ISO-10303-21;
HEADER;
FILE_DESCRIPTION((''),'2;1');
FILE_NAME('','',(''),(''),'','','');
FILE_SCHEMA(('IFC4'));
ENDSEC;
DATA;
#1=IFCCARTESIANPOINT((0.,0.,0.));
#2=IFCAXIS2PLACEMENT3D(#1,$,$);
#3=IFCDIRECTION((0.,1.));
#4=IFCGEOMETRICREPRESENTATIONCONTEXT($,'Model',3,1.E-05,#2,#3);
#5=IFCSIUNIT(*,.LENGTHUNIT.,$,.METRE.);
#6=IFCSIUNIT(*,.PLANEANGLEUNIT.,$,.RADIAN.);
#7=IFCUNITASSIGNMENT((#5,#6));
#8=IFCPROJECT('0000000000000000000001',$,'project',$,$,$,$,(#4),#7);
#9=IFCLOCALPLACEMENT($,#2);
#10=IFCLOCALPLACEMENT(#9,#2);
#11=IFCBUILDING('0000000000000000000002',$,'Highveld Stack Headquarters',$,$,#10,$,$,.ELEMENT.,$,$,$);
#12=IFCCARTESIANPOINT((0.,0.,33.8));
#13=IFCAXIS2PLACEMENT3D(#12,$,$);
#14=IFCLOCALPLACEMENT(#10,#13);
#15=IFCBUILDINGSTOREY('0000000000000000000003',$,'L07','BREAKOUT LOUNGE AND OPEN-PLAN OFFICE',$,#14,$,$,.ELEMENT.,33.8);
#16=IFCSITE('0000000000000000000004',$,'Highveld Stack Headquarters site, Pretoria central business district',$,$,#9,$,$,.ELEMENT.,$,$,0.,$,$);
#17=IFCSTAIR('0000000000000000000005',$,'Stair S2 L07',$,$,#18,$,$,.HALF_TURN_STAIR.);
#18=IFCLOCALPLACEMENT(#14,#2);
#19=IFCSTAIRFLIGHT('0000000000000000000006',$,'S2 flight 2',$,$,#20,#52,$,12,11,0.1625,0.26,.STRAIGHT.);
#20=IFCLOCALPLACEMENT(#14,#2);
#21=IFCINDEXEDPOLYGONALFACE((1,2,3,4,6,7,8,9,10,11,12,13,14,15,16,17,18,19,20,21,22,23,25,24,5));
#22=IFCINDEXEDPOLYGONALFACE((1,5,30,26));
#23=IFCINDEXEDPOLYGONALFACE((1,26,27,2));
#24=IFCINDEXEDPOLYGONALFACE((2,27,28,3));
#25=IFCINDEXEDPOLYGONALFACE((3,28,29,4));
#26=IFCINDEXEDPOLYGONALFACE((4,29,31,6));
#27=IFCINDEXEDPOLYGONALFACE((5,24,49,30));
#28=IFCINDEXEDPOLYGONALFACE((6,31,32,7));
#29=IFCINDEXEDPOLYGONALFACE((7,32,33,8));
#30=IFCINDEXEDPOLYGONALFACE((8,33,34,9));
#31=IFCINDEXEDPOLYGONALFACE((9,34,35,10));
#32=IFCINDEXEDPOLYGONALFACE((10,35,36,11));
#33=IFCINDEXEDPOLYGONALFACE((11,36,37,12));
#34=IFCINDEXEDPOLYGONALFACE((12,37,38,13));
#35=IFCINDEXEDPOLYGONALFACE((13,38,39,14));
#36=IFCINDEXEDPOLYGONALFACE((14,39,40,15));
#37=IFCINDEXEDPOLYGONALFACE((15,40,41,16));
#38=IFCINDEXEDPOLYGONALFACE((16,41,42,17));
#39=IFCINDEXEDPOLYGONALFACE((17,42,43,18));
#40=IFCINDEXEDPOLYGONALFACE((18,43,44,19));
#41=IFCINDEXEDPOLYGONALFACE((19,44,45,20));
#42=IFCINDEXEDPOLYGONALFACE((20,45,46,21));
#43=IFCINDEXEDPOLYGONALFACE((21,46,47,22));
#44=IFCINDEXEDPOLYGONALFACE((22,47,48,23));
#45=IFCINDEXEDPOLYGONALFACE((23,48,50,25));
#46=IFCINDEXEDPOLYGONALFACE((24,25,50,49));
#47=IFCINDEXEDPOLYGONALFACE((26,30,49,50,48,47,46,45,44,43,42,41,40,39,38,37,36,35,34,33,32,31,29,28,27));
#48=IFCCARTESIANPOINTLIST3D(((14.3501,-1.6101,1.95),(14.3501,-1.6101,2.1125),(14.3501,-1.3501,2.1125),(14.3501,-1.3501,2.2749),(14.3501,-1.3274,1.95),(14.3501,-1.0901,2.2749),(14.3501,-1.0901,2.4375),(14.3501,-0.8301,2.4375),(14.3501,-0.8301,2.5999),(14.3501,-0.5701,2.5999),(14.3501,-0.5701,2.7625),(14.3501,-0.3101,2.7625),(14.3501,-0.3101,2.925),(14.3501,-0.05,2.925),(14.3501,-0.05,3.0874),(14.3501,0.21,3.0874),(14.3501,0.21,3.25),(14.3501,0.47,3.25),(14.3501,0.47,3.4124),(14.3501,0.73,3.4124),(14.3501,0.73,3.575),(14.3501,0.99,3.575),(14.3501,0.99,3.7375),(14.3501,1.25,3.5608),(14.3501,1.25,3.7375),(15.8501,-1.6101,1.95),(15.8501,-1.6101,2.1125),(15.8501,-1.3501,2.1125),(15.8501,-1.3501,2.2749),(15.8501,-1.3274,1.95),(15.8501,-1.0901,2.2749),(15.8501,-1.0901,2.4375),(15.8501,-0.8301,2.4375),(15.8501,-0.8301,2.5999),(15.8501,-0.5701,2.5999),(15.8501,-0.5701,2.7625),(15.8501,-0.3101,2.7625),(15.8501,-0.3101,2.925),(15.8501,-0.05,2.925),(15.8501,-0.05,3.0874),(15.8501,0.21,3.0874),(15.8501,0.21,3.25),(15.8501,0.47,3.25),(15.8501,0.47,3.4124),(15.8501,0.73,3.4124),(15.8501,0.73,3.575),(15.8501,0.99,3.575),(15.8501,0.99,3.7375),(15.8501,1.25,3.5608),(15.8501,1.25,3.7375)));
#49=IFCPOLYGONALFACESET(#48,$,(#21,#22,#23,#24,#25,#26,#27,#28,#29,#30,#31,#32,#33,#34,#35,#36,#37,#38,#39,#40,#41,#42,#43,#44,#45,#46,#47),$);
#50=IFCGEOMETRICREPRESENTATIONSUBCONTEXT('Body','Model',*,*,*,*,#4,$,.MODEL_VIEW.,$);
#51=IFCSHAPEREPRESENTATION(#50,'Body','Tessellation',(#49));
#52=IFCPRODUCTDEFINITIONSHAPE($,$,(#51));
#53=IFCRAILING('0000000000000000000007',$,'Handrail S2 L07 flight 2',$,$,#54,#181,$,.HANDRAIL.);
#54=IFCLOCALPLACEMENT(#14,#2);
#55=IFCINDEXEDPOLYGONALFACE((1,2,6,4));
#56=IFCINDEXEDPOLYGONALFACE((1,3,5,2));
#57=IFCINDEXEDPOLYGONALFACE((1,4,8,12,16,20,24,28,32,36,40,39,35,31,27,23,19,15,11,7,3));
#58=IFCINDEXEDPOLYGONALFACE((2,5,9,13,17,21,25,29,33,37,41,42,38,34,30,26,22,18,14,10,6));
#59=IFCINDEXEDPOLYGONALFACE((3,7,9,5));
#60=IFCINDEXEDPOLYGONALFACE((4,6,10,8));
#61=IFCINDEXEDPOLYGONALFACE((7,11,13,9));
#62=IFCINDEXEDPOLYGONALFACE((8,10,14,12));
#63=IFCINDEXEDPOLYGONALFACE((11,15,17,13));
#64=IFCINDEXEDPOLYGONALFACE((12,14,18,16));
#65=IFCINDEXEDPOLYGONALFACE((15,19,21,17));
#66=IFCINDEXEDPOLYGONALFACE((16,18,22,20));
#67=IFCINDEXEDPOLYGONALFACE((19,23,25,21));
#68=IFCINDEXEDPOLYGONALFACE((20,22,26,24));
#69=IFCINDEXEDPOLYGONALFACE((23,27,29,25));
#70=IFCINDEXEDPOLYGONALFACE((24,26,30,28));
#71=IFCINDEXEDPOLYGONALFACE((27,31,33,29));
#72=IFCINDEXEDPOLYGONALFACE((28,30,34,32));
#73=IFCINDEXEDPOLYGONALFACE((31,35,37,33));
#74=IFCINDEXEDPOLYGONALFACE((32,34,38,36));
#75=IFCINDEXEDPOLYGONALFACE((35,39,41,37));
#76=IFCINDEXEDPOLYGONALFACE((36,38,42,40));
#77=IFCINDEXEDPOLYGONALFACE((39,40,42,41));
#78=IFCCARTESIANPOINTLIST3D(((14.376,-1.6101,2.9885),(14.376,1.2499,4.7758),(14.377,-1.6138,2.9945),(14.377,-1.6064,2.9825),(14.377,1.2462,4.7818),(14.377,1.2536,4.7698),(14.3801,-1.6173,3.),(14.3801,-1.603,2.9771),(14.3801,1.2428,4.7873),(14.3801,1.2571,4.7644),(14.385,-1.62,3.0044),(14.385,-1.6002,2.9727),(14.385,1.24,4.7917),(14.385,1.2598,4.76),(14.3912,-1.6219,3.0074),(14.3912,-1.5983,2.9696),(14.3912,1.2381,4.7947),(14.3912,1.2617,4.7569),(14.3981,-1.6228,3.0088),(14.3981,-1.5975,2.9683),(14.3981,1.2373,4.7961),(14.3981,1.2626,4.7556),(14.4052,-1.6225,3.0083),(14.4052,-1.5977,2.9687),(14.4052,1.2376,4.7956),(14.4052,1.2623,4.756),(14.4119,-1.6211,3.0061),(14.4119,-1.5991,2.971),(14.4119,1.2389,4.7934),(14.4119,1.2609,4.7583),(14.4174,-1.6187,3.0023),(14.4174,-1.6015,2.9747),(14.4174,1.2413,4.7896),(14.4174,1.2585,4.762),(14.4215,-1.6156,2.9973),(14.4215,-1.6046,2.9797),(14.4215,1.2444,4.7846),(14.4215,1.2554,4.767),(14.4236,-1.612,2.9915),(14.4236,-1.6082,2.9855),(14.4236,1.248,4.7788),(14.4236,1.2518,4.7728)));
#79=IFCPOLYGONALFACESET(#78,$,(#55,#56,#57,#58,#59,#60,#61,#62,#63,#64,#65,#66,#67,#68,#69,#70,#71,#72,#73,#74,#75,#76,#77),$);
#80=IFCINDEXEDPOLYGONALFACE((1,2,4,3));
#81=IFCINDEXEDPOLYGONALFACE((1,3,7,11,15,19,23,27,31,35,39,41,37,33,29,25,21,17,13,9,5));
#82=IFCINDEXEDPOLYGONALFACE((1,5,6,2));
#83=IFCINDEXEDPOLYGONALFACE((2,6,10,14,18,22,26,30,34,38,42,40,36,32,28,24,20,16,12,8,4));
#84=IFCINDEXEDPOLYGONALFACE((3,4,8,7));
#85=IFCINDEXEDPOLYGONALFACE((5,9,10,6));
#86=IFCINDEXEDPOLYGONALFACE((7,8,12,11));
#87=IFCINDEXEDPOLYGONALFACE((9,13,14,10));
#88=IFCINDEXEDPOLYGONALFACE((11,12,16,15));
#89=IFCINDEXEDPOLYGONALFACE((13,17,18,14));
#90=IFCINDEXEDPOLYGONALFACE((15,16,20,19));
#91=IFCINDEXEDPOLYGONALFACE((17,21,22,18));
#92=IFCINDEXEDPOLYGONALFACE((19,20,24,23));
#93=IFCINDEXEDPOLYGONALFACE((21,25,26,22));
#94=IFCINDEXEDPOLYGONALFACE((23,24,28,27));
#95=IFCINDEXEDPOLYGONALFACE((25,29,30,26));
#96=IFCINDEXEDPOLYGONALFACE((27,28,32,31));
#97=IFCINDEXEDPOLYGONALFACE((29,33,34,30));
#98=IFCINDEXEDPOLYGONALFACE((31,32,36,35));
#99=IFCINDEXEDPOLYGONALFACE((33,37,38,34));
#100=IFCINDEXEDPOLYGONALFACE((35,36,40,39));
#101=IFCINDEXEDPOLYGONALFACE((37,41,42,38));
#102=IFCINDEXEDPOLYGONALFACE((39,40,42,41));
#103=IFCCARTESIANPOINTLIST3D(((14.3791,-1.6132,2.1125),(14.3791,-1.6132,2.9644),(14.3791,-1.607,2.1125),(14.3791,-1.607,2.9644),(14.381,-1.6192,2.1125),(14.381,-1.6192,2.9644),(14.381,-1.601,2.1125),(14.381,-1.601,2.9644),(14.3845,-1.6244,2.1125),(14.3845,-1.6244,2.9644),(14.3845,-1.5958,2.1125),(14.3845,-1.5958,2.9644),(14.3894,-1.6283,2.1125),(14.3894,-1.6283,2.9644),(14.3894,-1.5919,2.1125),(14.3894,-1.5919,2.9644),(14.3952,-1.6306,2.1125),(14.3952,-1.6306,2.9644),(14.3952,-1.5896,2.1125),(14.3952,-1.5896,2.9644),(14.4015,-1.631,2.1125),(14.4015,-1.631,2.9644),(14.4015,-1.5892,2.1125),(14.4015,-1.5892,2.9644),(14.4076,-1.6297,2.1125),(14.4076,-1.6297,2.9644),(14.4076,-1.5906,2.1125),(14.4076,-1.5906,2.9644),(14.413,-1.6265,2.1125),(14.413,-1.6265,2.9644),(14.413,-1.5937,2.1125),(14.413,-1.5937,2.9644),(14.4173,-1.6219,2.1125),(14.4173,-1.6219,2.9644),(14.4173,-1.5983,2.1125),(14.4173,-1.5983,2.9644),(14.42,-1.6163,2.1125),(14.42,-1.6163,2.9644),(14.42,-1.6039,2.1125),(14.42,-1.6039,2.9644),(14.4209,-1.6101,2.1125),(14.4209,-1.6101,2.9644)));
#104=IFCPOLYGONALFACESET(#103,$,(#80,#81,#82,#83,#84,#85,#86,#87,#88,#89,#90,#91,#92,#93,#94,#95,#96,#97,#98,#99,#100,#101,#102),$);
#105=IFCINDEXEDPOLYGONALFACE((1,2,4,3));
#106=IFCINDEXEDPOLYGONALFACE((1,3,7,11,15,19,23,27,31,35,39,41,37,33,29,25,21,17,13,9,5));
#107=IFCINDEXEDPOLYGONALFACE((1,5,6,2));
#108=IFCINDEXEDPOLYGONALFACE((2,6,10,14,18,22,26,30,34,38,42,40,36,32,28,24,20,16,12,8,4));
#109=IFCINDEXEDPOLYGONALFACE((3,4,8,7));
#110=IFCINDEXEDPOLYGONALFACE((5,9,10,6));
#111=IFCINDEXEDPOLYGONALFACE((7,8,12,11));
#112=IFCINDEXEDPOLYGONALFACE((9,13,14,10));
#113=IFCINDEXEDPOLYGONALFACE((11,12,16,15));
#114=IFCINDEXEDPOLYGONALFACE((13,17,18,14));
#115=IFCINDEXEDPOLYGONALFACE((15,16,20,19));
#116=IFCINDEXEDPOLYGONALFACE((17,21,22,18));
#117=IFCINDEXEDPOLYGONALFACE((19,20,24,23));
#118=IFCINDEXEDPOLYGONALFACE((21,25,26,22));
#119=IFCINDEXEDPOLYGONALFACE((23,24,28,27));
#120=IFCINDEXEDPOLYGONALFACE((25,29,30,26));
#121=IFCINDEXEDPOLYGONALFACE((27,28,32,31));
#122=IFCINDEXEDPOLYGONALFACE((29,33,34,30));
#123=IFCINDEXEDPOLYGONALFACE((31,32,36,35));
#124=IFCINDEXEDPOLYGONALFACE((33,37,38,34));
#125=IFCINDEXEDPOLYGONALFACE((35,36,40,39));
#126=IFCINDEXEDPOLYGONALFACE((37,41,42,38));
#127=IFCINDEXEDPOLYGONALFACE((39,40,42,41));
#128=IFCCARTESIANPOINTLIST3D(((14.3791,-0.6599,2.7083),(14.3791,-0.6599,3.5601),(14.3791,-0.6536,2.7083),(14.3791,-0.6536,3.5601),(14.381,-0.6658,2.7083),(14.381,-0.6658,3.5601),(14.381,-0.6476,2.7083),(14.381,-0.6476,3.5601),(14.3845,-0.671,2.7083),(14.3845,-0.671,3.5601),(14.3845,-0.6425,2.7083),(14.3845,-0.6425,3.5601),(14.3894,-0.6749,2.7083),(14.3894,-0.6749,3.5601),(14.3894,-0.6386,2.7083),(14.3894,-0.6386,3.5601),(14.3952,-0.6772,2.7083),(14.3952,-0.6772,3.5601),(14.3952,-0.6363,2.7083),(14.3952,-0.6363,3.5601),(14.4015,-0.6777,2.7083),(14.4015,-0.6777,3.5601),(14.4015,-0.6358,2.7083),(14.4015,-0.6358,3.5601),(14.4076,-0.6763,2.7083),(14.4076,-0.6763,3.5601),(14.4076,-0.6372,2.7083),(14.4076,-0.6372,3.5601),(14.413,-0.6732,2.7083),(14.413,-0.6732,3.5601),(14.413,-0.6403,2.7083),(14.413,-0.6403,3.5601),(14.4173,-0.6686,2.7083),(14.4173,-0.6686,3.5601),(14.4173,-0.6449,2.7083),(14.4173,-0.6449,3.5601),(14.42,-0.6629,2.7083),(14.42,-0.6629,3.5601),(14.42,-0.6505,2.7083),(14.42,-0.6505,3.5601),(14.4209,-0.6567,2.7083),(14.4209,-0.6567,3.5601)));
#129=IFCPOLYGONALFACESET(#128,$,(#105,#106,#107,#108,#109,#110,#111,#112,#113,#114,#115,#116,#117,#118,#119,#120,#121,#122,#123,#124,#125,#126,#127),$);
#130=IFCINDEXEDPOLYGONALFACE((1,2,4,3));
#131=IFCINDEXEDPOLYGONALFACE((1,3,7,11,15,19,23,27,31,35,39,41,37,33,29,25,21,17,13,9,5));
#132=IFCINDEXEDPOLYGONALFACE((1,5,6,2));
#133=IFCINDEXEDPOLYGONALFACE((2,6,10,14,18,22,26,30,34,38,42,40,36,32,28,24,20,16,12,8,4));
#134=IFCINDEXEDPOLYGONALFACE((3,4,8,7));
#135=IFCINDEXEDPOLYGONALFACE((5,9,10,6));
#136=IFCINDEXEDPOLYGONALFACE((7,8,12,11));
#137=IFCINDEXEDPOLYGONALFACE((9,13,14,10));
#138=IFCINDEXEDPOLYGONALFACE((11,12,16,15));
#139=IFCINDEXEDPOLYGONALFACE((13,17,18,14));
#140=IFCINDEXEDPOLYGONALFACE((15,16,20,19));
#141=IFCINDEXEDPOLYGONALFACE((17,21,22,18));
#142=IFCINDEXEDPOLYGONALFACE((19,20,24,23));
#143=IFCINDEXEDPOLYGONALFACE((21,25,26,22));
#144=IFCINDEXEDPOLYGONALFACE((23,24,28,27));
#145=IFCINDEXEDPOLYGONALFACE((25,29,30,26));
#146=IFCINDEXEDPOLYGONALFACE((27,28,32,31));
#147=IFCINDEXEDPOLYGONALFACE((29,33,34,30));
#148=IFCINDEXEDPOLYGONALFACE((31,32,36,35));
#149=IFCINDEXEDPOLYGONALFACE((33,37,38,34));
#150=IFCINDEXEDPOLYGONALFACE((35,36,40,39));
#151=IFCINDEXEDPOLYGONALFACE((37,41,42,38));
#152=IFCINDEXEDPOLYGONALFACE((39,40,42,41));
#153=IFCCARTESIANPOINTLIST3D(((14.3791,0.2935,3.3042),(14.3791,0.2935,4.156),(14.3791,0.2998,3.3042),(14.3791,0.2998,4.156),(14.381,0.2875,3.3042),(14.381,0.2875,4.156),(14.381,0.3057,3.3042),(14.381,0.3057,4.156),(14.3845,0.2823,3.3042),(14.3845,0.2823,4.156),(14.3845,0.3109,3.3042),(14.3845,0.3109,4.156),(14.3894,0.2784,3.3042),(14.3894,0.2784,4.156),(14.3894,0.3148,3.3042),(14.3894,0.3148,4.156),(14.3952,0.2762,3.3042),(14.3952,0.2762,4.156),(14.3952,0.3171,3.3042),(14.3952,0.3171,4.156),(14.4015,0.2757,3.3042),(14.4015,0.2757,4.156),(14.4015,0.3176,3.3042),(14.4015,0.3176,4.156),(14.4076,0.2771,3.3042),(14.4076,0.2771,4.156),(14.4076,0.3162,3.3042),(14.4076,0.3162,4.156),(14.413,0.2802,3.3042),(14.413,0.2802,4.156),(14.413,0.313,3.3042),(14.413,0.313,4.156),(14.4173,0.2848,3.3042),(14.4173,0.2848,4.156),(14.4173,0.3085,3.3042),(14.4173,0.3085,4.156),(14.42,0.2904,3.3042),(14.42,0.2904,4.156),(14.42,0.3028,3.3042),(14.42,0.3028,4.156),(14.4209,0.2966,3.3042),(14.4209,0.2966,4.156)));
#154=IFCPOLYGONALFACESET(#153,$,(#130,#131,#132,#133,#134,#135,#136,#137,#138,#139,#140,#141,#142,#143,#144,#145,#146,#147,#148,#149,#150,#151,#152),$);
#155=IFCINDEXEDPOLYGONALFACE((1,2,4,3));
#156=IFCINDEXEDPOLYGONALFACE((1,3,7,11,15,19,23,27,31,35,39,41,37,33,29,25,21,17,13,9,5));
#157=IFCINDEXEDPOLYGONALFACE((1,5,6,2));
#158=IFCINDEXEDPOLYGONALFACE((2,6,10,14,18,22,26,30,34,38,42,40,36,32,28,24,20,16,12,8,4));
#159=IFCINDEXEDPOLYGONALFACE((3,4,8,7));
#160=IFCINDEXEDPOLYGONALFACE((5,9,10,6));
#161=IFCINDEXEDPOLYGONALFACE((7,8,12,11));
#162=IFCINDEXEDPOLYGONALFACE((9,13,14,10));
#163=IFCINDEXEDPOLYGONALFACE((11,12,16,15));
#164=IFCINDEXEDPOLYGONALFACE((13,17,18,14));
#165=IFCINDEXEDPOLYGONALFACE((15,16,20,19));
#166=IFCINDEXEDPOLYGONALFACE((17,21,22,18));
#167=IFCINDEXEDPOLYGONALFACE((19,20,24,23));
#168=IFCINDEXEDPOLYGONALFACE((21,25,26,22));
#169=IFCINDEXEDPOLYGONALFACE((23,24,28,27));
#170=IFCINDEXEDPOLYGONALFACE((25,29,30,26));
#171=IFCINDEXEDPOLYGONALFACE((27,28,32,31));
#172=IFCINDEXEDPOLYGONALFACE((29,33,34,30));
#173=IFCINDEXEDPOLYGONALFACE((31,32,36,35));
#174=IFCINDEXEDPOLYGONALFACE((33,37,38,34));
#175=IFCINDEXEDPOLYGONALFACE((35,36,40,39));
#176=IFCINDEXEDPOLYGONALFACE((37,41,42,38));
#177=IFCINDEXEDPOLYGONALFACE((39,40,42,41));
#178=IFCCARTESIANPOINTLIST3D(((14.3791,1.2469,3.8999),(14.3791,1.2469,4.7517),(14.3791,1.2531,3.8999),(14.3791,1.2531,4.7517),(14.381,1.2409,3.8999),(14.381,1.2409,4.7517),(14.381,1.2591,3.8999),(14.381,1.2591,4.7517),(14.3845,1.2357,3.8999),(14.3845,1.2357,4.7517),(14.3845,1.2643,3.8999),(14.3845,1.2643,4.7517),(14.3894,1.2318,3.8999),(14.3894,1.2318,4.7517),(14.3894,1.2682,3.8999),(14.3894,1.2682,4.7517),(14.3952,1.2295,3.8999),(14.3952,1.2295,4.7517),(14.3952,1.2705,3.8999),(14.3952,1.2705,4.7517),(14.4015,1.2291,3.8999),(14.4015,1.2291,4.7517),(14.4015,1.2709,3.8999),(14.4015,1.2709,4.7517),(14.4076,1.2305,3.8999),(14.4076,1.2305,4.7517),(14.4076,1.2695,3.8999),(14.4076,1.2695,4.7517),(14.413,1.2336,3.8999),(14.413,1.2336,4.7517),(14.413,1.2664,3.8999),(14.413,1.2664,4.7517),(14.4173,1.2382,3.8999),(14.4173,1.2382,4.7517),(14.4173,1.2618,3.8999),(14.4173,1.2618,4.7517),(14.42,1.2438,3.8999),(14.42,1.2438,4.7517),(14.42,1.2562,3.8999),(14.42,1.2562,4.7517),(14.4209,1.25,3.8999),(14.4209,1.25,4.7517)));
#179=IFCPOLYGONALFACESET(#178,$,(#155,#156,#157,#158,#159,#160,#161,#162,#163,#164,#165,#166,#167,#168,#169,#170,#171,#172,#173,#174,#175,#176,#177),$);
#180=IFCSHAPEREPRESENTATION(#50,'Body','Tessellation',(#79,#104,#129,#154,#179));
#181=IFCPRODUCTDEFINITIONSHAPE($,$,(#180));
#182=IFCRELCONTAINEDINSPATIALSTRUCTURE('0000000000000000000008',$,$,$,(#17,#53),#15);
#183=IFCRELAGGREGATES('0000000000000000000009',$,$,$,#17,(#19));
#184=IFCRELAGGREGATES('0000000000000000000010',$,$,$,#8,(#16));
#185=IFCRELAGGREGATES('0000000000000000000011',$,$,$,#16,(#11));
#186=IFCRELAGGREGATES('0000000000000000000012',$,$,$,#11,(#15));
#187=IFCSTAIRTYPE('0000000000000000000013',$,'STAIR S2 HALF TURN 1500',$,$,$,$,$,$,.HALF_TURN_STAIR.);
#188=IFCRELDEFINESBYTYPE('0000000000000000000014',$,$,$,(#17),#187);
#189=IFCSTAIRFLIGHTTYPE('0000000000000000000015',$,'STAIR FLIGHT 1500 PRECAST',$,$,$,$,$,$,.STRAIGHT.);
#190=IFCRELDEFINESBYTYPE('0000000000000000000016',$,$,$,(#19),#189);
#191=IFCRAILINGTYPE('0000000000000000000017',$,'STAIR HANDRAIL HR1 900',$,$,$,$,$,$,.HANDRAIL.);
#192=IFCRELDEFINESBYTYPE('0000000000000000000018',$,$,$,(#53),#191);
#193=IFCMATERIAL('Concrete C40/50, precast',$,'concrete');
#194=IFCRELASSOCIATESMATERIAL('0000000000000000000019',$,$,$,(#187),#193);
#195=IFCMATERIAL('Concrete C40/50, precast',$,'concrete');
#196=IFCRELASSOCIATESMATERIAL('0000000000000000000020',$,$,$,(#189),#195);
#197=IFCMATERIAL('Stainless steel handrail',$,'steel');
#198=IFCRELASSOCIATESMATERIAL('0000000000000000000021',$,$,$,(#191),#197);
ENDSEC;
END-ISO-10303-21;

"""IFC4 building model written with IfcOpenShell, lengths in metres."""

from ifc_helpers import new_model, si_unit, direction, frame, origin, origin_2d, place, context, subcontext, project, spatial, polyline, circle, outline, extrude, material, type_object, element, aggregate, save


model = new_model("IFC4")

# Units and contexts
model_context = context("Model", 3, precision=1e-05, world=origin(), true_north=direction((0.0, 1.0)))
body_context = subcontext(model_context, "Body", "Model", "MODEL_VIEW")
ifc_project = project(units=[si_unit("LENGTHUNIT", "METRE"), si_unit("PLANEANGLEUNIT", "RADIAN")], contexts=[model_context])

# Site, building, storey
site_placement = place(None, origin())
site = spatial("IfcSite", under=ifc_project, at=site_placement, Name="Highveld Stack Headquarters site, Pretoria central business district", CompositionType="ELEMENT", RefElevation=0.0)
building_placement = place(site_placement, origin())
building = spatial("IfcBuilding", under=site, at=building_placement, Name="Highveld Stack Headquarters", CompositionType="ELEMENT")
storey_placement = place(building_placement, frame((0.0, 0.0, 33.8)))
storey = spatial("IfcBuildingStorey", under=building, at=storey_placement, Name="L07", Description="BREAKOUT LOUNGE AND OPEN-PLAN OFFICE", CompositionType="ELEMENT", Elevation=33.8)

# Stair, stair flight
ifc_material_1 = material(Name="Concrete C40/50, precast", Category="concrete")
stair_type_1 = type_object("IfcStairType", Name="STAIR S2 HALF TURN 1500", PredefinedType="HALF_TURN_STAIR", material=ifc_material_1)
stair_1_placement = place(storey_placement, origin())
stair_1 = element("IfcStair", 1, at=stair_1_placement, inside=storey, type_object=stair_type_1, Name="Stair S2 L07", PredefinedType="HALF_TURN_STAIR")
ifc_material_2 = material(Name="Concrete C40/50, precast", Category="concrete")
stair_flight_type = type_object("IfcStairFlightType", Name="STAIR FLIGHT 1500 PRECAST", PredefinedType="STRAIGHT", material=ifc_material_2)
stair_flight_placement = place(storey_placement, frame((15.1001, -1.6101, 1.95), z_axis=(0.0, 0.0, 1.0), x_axis=(0.0, 1.0, 0.0)))
stair_flight = element("IfcStairFlight", 2, at=stair_flight_placement, type_object=stair_flight_type, Name="S2 flight 2", NumberOfRisers=12, NumberOfTreads=11, PredefinedType="STRAIGHT", RiserHeight=0.1625, TreadLength=0.26, context=body_context, shape_type="SweptSolid", body=[
    extrude(outline(polyline([(0.0, 0.0), (0.0, 0.1626), (0.26, 0.1626), (0.26, 0.325), (0.52, 0.325), (0.52, 0.4875), (0.78, 0.4875), (0.78, 0.6499), (1.04, 0.6499), (1.04, 0.8125), (1.3, 0.8125), (1.3, 0.9751), (1.5601, 0.9751), (1.5601, 1.1375), (1.8201, 1.1375), (1.8201, 1.3), (2.0801, 1.3), (2.0801, 1.4624), (2.3401, 1.4624), (2.3401, 1.625), (2.6001, 1.625), (2.6001, 1.7876), (2.8601, 1.7876), (2.8601, 1.95), (2.8601, 1.6108), (0.2827, 0.0), (0.0, 0.0)])), frame((0.0, 0.75, 0.0), z_axis=(0.0, -1.0, 0.0), x_axis=(1.0, 0.0, 0.0)), (0.0, 0.0, 1.0), 1.5),
])
aggregate(stair_1, [stair_flight])

# Railing
ifc_material_3 = material(Name="Stainless steel handrail", Category="steel")
railing_type = type_object("IfcRailingType", Name="STAIR HANDRAIL HR1 900", PredefinedType="HANDRAIL", material=ifc_material_3)
for number, where, name in (
    (3, (14.3999, -1.6101, 2.1125), "Handrail S2 L07 flight 2"),
):
    element("IfcRailing", number, at=place(storey_placement, frame(where)), inside=storey, type_object=railing_type, Name=name, PredefinedType="HANDRAIL", context=body_context, shape_type="SweptSolid", body=[
        extrude(circle(Radius=0.0239, at=origin_2d()), frame((0.0, 0.0, 0.876), z_axis=(0.0, 0.848027, 0.529953), x_axis=(-1.0, 0.0, 0.0)), (0.0, 0.0, 1.0), 3.3726),
        extrude(circle(Radius=0.021, at=origin_2d()), origin(), (0.0, 0.0, 1.0), 0.8518),
        extrude(circle(Radius=0.021, at=origin_2d()), frame((0.0, 0.9534, 0.5957)), (0.0, 0.0, 1.0), 0.8518),
        extrude(circle(Radius=0.021, at=origin_2d()), frame((0.0, 1.9067, 1.1917)), (0.0, 0.0, 1.0), 0.8518),
        extrude(circle(Radius=0.021, at=origin_2d()), frame((0.0, 2.8601, 1.7874)), (0.0, 0.0, 1.0), 0.8518),
    ])

save(model, "model.ifc")
